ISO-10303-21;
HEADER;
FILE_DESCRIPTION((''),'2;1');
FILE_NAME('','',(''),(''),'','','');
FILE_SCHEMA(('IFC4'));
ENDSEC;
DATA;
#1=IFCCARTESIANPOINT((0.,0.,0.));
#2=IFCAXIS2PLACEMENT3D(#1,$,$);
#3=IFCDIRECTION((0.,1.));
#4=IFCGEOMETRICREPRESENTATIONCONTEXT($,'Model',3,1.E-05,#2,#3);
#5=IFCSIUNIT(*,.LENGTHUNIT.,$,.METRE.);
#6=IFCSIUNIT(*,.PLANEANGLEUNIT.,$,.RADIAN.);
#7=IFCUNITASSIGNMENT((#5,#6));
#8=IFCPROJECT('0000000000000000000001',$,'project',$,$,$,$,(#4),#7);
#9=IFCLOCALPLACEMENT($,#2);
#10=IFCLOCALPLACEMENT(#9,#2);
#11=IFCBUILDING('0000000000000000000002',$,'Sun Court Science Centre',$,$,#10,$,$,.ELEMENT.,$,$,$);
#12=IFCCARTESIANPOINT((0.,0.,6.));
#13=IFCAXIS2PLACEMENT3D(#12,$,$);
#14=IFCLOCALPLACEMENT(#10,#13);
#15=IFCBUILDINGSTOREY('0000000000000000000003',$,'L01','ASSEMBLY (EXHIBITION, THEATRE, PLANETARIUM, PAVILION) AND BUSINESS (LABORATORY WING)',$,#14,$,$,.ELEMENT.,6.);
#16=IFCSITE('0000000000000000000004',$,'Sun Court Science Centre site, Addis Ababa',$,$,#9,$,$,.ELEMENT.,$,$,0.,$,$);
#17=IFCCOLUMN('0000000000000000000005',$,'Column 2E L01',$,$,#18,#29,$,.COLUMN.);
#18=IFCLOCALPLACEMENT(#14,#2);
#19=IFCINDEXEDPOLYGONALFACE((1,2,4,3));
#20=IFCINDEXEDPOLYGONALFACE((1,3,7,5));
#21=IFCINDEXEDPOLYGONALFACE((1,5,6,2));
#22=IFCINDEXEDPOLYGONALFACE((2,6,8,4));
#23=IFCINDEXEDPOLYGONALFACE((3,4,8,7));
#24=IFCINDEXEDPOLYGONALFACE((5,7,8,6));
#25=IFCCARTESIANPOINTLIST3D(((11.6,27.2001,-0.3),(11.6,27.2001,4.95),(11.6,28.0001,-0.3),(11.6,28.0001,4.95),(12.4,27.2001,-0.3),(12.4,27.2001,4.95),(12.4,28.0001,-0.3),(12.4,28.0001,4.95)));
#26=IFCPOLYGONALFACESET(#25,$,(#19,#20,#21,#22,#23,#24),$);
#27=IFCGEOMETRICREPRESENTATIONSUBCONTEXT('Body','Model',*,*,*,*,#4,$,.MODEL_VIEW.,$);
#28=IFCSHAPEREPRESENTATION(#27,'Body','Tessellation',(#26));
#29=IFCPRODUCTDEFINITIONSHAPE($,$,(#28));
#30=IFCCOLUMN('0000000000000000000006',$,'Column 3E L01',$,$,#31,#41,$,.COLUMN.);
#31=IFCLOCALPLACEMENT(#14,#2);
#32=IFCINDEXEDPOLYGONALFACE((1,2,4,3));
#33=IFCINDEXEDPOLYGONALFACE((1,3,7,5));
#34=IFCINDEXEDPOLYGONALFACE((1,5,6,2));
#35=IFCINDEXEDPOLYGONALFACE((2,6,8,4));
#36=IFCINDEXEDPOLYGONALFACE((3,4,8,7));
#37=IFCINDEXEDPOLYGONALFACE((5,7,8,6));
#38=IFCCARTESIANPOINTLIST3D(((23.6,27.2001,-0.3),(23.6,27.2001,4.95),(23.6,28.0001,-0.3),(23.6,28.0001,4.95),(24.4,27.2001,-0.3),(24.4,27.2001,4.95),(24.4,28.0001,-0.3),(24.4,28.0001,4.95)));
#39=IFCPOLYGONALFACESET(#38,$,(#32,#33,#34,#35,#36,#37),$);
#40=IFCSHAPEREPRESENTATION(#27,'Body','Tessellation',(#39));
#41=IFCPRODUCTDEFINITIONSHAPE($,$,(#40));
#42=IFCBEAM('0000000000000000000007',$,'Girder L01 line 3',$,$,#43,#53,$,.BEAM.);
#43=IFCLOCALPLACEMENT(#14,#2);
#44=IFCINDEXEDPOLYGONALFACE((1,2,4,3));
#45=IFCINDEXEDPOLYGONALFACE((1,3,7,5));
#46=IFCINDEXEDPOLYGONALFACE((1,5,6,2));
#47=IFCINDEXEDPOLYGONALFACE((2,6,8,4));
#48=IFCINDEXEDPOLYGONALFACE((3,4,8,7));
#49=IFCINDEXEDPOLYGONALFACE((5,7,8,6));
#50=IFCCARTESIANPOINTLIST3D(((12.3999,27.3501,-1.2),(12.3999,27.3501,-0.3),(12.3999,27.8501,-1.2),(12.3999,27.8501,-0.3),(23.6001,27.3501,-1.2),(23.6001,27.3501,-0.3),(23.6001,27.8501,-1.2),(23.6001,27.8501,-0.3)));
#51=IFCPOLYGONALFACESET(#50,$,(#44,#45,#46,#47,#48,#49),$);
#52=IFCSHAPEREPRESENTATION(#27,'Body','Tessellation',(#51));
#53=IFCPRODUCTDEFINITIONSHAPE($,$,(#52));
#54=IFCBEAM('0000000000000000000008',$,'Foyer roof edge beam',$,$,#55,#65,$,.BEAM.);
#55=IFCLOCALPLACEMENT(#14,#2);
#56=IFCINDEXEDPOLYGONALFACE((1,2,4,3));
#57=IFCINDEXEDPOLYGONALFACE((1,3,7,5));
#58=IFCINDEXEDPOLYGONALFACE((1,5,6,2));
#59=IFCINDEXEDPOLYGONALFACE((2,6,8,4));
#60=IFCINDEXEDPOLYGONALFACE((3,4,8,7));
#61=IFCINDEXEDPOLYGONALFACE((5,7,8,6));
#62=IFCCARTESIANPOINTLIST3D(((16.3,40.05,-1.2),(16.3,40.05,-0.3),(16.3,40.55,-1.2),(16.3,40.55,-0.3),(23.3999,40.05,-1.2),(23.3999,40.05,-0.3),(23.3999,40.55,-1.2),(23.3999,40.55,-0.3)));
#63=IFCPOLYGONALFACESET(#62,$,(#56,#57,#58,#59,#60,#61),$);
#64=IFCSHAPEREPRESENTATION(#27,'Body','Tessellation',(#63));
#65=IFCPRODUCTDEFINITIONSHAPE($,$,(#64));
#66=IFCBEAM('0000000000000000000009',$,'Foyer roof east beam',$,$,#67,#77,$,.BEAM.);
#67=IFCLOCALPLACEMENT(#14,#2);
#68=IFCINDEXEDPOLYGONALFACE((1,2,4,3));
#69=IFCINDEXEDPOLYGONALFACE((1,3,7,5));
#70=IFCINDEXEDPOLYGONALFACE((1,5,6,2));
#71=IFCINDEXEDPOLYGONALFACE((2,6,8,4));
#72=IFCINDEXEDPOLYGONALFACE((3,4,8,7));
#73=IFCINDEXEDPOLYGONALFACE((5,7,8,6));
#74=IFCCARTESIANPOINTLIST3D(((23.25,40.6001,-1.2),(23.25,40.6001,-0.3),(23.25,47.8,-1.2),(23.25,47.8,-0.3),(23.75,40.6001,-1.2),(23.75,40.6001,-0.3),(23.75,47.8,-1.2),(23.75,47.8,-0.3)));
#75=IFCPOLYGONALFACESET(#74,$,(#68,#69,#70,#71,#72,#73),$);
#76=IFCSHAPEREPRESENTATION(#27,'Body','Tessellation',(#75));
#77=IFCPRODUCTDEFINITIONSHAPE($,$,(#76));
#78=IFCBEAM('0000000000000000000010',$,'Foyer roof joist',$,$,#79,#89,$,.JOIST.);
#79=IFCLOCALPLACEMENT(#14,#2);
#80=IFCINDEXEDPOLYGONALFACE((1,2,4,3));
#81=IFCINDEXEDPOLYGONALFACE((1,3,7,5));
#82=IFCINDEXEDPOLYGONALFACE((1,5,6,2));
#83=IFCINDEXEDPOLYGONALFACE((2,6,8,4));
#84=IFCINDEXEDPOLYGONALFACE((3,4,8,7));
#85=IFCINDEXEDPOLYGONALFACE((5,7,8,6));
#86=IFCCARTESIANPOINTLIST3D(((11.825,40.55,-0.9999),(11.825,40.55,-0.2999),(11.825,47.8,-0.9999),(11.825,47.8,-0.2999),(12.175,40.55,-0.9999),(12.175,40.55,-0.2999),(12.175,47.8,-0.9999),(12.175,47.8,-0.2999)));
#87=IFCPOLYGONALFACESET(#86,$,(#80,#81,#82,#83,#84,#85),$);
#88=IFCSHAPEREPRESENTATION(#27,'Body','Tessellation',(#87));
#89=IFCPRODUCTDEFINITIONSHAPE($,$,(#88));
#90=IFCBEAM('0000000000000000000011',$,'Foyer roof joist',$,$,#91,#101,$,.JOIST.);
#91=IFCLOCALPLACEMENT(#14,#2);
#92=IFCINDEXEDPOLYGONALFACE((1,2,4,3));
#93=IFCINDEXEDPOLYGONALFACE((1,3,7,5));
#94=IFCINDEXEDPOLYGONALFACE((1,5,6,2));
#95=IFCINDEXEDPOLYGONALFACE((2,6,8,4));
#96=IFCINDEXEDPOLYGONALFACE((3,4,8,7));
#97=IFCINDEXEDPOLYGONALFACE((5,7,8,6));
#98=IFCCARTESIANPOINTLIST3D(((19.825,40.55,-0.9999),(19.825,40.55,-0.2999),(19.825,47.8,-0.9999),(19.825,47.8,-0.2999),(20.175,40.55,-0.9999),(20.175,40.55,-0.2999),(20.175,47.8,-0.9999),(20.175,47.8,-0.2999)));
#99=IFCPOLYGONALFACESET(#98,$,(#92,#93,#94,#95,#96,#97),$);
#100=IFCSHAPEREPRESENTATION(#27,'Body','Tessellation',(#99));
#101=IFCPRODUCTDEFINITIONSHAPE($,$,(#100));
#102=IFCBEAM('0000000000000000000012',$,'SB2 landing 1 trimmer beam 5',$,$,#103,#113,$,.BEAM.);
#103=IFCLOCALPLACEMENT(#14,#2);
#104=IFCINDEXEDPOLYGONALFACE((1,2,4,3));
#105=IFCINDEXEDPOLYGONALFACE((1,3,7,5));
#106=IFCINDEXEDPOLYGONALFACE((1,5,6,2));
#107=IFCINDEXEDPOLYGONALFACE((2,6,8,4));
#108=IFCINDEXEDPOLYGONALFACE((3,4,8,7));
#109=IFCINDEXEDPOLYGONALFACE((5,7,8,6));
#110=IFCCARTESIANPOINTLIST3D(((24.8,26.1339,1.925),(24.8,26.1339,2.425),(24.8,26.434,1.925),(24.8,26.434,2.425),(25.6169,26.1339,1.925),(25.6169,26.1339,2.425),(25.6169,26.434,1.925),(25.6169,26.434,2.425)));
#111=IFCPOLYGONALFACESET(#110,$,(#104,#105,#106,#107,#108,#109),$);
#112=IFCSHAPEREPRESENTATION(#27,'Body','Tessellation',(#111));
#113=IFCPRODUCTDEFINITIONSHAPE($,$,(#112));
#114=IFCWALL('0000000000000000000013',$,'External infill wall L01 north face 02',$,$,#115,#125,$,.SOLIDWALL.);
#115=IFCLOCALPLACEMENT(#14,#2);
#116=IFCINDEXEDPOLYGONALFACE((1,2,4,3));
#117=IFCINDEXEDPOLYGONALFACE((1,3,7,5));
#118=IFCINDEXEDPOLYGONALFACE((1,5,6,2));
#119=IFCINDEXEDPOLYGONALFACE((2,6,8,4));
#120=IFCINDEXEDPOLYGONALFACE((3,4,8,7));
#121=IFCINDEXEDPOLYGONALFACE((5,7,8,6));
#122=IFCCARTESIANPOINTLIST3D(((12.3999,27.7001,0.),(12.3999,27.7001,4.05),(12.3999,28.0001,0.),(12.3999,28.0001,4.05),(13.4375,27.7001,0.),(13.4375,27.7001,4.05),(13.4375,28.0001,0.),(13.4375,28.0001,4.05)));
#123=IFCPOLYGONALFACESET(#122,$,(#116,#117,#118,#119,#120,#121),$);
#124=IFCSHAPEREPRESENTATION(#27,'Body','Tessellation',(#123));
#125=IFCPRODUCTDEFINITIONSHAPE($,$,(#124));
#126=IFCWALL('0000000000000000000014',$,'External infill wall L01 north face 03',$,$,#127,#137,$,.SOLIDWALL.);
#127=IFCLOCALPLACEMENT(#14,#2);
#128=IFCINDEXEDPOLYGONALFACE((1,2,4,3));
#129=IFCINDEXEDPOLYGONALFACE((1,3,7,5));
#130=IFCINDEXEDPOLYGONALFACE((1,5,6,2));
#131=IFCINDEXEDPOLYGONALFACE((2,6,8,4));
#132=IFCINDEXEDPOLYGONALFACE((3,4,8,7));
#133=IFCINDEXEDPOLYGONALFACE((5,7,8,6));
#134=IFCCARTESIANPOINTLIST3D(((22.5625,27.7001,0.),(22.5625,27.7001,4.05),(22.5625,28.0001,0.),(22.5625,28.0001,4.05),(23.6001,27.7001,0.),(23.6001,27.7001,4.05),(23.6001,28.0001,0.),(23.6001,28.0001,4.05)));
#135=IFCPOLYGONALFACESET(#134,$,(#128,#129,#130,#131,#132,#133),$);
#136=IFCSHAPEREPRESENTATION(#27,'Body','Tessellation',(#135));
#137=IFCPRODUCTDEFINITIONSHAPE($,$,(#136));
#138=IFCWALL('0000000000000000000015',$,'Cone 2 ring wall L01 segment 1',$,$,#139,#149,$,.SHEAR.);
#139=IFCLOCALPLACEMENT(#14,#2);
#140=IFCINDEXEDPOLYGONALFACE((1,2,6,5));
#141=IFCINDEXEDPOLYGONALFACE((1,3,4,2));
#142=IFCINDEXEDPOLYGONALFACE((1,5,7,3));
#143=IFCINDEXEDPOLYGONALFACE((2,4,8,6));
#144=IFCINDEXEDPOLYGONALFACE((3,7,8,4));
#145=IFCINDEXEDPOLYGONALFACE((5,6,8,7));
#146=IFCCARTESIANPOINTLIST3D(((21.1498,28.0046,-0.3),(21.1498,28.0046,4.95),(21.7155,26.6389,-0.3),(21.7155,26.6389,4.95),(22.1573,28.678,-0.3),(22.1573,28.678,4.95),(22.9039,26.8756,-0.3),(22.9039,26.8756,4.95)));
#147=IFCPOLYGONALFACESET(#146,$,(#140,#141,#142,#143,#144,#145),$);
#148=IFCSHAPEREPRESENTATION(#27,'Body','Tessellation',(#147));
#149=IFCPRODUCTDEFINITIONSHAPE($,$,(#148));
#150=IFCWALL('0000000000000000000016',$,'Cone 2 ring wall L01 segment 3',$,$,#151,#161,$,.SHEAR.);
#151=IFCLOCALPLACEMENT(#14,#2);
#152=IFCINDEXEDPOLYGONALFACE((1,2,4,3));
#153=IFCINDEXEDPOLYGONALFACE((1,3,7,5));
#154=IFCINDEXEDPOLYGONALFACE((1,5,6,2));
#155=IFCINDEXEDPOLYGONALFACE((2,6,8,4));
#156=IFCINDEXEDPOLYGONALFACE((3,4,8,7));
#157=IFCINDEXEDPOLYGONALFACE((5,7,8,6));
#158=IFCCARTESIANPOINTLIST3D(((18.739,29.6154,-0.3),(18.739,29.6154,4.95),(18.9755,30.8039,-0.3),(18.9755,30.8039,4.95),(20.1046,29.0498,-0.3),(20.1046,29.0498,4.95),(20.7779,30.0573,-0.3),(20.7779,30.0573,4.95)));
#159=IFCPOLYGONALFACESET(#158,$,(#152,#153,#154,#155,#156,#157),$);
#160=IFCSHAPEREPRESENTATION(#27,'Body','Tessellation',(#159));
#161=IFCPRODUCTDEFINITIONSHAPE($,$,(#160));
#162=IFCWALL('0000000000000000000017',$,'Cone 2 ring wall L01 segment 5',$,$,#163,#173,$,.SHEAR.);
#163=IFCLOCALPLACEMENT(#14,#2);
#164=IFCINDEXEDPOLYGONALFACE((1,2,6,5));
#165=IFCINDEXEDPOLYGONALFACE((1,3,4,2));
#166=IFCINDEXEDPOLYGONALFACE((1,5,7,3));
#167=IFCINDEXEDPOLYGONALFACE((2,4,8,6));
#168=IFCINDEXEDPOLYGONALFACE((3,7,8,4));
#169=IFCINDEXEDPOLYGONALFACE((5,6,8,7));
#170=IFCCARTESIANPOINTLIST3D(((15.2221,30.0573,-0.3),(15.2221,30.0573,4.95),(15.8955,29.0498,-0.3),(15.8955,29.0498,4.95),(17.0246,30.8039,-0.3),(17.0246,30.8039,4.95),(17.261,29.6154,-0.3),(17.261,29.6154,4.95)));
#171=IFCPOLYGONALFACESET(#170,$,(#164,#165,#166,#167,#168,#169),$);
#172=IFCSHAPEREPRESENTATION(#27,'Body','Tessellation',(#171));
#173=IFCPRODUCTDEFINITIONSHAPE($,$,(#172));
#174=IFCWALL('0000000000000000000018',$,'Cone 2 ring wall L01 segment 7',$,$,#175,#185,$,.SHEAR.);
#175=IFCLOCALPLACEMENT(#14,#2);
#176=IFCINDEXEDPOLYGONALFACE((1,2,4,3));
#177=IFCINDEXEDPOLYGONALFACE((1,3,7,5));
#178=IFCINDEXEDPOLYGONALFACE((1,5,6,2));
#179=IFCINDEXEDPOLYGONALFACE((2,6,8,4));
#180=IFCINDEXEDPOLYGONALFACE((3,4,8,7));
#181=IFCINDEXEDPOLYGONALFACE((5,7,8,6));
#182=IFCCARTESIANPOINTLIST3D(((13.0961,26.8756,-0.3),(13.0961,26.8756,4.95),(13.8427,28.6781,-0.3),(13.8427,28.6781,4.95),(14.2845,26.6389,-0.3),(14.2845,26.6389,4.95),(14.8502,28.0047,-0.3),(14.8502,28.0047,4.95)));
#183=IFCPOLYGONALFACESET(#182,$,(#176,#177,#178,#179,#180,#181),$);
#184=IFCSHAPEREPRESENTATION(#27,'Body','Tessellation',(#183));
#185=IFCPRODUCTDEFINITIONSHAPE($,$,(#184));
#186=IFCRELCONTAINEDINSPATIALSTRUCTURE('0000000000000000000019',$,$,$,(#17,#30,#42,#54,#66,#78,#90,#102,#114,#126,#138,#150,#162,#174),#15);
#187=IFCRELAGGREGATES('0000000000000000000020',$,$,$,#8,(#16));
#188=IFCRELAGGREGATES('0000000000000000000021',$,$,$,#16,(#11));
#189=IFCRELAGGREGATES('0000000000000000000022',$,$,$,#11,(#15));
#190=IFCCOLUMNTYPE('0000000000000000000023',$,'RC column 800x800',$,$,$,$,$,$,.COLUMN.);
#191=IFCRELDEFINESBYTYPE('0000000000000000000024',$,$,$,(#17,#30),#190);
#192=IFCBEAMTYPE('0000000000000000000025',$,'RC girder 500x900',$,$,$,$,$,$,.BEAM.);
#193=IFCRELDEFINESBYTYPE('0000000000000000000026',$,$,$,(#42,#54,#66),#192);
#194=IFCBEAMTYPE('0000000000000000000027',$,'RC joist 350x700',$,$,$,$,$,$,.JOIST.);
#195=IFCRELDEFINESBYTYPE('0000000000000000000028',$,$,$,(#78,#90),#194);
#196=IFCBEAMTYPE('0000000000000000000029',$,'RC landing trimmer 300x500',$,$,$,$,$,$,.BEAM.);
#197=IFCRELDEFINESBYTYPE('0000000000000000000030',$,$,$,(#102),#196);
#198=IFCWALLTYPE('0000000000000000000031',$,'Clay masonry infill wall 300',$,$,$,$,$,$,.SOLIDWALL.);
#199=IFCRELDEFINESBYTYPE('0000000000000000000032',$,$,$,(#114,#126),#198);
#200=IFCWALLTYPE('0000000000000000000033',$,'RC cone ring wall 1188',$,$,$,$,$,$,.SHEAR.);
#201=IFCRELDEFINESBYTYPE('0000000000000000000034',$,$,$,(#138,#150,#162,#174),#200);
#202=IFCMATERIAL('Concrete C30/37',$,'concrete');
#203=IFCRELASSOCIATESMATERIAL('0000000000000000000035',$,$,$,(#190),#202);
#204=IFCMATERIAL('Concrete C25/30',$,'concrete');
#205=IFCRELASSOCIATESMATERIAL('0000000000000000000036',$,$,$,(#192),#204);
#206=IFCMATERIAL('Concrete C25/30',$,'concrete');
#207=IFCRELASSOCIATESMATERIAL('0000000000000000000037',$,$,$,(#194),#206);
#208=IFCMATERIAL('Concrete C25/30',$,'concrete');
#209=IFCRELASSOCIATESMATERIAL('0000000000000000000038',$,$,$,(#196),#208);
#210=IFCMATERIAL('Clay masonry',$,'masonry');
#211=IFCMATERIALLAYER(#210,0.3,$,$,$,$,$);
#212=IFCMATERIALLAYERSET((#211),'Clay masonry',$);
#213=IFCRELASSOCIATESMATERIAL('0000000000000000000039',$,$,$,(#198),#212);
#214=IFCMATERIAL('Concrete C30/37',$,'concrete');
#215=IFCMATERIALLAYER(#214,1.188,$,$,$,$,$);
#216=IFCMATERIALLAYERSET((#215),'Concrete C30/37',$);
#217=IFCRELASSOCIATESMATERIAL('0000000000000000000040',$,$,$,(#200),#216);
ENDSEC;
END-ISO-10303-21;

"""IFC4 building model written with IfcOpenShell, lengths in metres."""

from ifc_helpers import new_model, si_unit, direction, frame, frame_2d, origin, origin_2d, place, context, subcontext, project, spatial, polyline, rectangle, outline, extrude, material, layer, layer_set, material_profile, profile_set, type_object, element, save


model = new_model("IFC4")

# Units and contexts
model_context = context("Model", 3, precision=1e-05, world=origin(), true_north=direction((0.0, 1.0)))
body_context = subcontext(model_context, "Body", "Model", "MODEL_VIEW")
ifc_project = project(units=[si_unit("LENGTHUNIT", "METRE"), si_unit("PLANEANGLEUNIT", "RADIAN")], contexts=[model_context])

# Site, building, storey
site_placement = place(None, origin())
site = spatial("IfcSite", under=ifc_project, at=site_placement, Name="Sun Court Science Centre site, Addis Ababa", CompositionType="ELEMENT", RefElevation=0.0)
building_placement = place(site_placement, origin())
building = spatial("IfcBuilding", under=site, at=building_placement, Name="Sun Court Science Centre", CompositionType="ELEMENT")
storey_placement = place(building_placement, frame((0.0, 0.0, 6.0)))
storey = spatial("IfcBuildingStorey", under=building, at=storey_placement, Name="L01", Description="ASSEMBLY (EXHIBITION, THEATRE, PLANETARIUM, PAVILION) AND BUSINESS (LABORATORY WING)", CompositionType="ELEMENT", Elevation=6.0)

# Columns
ifc_material_1 = material(Name="Concrete C30/37", Category="concrete")
ifc_material_profile_1 = material_profile(ifc_material_1, rectangle(XDim=0.8, YDim=0.8, at=origin_2d()), Name="RC 800x800")
ifc_profile_set_1 = profile_set([ifc_material_profile_1], Name="Concrete C30/37")
column_type = type_object("IfcColumnType", Name="RC column 800x800", PredefinedType="COLUMN", material=ifc_profile_set_1)
for number, where, z_axis, x_axis, name in (
    (1, (12.0, 27.6001, -0.3), (0.0, 0.0, 1.0), (1.0, 0.0, 0.0), "Column 2E L01"),
    (2, (24.0, 27.6001, -0.3), (0.0, 0.0, 1.0), (1.0, 0.0, 0.0), "Column 3E L01"),
):
    element("IfcColumn", number, at=place(storey_placement, frame(where, z_axis=z_axis, x_axis=x_axis)), inside=storey, type_object=column_type, Name=name, PredefinedType="COLUMN", context=body_context, shape_type="SweptSolid", body=[
        extrude(rectangle(XDim=0.8, YDim=0.8, at=origin_2d()), origin(), (0.0, 0.0, 1.0), 5.25),
    ])

# Beams
ifc_material_2 = material(Name="Concrete C25/30", Category="concrete")
ifc_material_profile_2 = material_profile(ifc_material_2, rectangle(XDim=0.5, YDim=0.8999, at=origin_2d()), Name="RC 500x900")
ifc_profile_set_2 = profile_set([ifc_material_profile_2], Name="Concrete C25/30")
beam_type_1 = type_object("IfcBeamType", Name="RC girder 500x900", PredefinedType="BEAM", material=ifc_profile_set_2)
beam_1_placement = place(storey_placement, frame((12.3999, 27.6001, -0.75), z_axis=(1.0, 0.0, 0.0), x_axis=(0.0, 1.0, 0.0)))
element("IfcBeam", 3, at=beam_1_placement, inside=storey, type_object=beam_type_1, Name="Girder L01 line 3", PredefinedType="BEAM", context=body_context, shape_type="SweptSolid", body=[
    extrude(rectangle(XDim=0.5, YDim=0.8999, at=origin_2d()), origin(), (0.0, 0.0, 1.0), 11.2002),
])
beam_2_placement = place(storey_placement, frame((16.3, 40.3, -0.75), z_axis=(1.0, 0.0, 0.0), x_axis=(0.0, 1.0, 0.0)))
element("IfcBeam", 4, at=beam_2_placement, inside=storey, type_object=beam_type_1, Name="Foyer roof edge beam", PredefinedType="BEAM", context=body_context, shape_type="SweptSolid", body=[
    extrude(rectangle(XDim=0.5, YDim=0.8999, at=origin_2d()), origin(), (0.0, 0.0, 1.0), 7.0999),
])
beam_3_placement = place(storey_placement, frame((23.5, 40.6001, -0.75), z_axis=(0.0, 1.0, 0.0), x_axis=(-1.0, 0.0, 0.0)))
element("IfcBeam", 5, at=beam_3_placement, inside=storey, type_object=beam_type_1, Name="Foyer roof east beam", PredefinedType="BEAM", context=body_context, shape_type="SweptSolid", body=[
    extrude(rectangle(XDim=0.5, YDim=0.8999, at=origin_2d()), origin(), (0.0, 0.0, 1.0), 7.2),
])
ifc_material_3 = material(Name="Concrete C25/30", Category="concrete")
ifc_material_profile_3 = material_profile(ifc_material_3, rectangle(XDim=0.3501, YDim=0.7, at=origin_2d()), Name="RC 350x700")
ifc_profile_set_3 = profile_set([ifc_material_profile_3], Name="Concrete C25/30")
beam_type_2 = type_object("IfcBeamType", Name="RC joist 350x700", PredefinedType="JOIST", material=ifc_profile_set_3)
for number, where, z_axis, x_axis, name in (
    (6, (12.0, 40.55, -0.6499), (0.0, 1.0, 0.0), (-1.0, 0.0, 0.0), "Foyer roof joist"),
    (7, (20.0, 40.55, -0.6499), (0.0, 1.0, 0.0), (-1.0, 0.0, 0.0), "Foyer roof joist"),
):
    element("IfcBeam", number, at=place(storey_placement, frame(where, z_axis=z_axis, x_axis=x_axis)), inside=storey, type_object=beam_type_2, Name=name, PredefinedType="JOIST", context=body_context, shape_type="SweptSolid", body=[
        extrude(rectangle(XDim=0.3501, YDim=0.7, at=origin_2d()), origin(), (0.0, 0.0, 1.0), 7.25),
    ])
ifc_material_4 = material(Name="Concrete C25/30", Category="concrete")
ifc_material_profile_4 = material_profile(ifc_material_4, rectangle(XDim=0.3, YDim=0.5, at=origin_2d()), Name="RC 300x500")
ifc_profile_set_4 = profile_set([ifc_material_profile_4], Name="Concrete C25/30")
beam_type_3 = type_object("IfcBeamType", Name="RC landing trimmer 300x500", PredefinedType="BEAM", material=ifc_profile_set_4)
beam_4_placement = place(storey_placement, frame((24.8, 26.2839, 2.175), z_axis=(1.0, 0.0, 0.0), x_axis=(0.0, 1.0, 0.0)))
element("IfcBeam", 8, at=beam_4_placement, inside=storey, type_object=beam_type_3, Name="SB2 landing 1 trimmer beam 5", PredefinedType="BEAM", context=body_context, shape_type="SweptSolid", body=[
    extrude(rectangle(XDim=0.3, YDim=0.5, at=origin_2d()), origin(), (0.0, 0.0, 1.0), 0.8169),
])

# Walls
ifc_material_5 = material(Name="Clay masonry", Category="masonry")
ifc_layer_1 = layer(ifc_material_5, 0.3)
ifc_layer_set_1 = layer_set([ifc_layer_1], Name="Clay masonry")
wall_type_1 = type_object("IfcWallType", Name="Clay masonry infill wall 300", PredefinedType="SOLIDWALL", material=ifc_layer_set_1)
for number, where, z_axis, x_axis, name in (
    (9, (12.3999, 27.8501, 0.0), (0.0, 0.0, 1.0), (1.0, 0.0, 0.0), "External infill wall L01 north face 02"),
    (10, (22.5625, 27.8501, 0.0), (0.0, 0.0, 1.0), (1.0, 0.0, 0.0), "External infill wall L01 north face 03"),
):
    element("IfcWall", number, at=place(storey_placement, frame(where, z_axis=z_axis, x_axis=x_axis)), inside=storey, type_object=wall_type_1, Name=name, PredefinedType="SOLIDWALL", context=body_context, shape_type="SweptSolid", body=[
        extrude(rectangle(XDim=1.0376, YDim=0.3, at=frame_2d((0.5188, 0.0))), origin(), (0.0, 0.0, 1.0), 4.05),
    ])
ifc_material_6 = material(Name="Concrete C30/37", Category="concrete")
ifc_layer_2 = layer(ifc_material_6, 1.188)
ifc_layer_set_2 = layer_set([ifc_layer_2], Name="Concrete C30/37")
wall_type_2 = type_object("IfcWallType", Name="RC cone ring wall 1188", PredefinedType="SHEAR", material=ifc_layer_set_2)
wall_1_placement = place(storey_placement, frame((22.355, 26.6479, -0.3), z_axis=(0.0, 0.0, 1.0), x_axis=(-0.382669, 0.923886, 0.0)))
element("IfcWall", 11, at=wall_1_placement, inside=storey, type_object=wall_type_2, Name="Cone 2 ring wall L01 segment 1", PredefinedType="SHEAR", context=body_context, shape_type="SweptSolid", body=[
    extrude(outline(polyline([(0.0002, -0.5942), (1.9512, -0.5942), (1.7146, 0.5942), (0.2363, 0.5942), (0.0002, -0.5942)])), origin(), (0.0, 0.0, 1.0), 5.25),
])
wall_2_placement = place(storey_placement, frame((20.5505, 29.5083, -0.3), z_axis=(0.0, 0.0, 1.0), x_axis=(-0.923886, 0.382669, 0.0)))
element("IfcWall", 12, at=wall_2_placement, inside=storey, type_object=wall_type_2, Name="Cone 2 ring wall L01 segment 3", PredefinedType="SHEAR", context=body_context, shape_type="SweptSolid", body=[
    extrude(outline(polyline([(0.0, -0.5942), (1.9509, -0.5942), (1.7146, 0.5942), (0.2366, 0.5942), (0.0, -0.5942)])), origin(), (0.0, 0.0, 1.0), 5.25),
])
wall_3_placement = place(storey_placement, frame((17.252, 30.2549, -0.3), z_axis=(0.0, 0.0, 1.0), x_axis=(-0.923886, -0.382669, 0.0)))
element("IfcWall", 13, at=wall_3_placement, inside=storey, type_object=wall_type_2, Name="Cone 2 ring wall L01 segment 5", PredefinedType="SHEAR", context=body_context, shape_type="SweptSolid", body=[
    extrude(outline(polyline([(0.0, -0.5942), (1.9509, -0.5942), (1.7144, 0.5942), (0.2363, 0.5942), (0.0, -0.5942)])), origin(), (0.0, 0.0, 1.0), 5.25),
])
wall_4_placement = place(storey_placement, frame((14.3916, 28.4504, -0.3), z_axis=(0.0, 0.0, 1.0), x_axis=(-0.382669, -0.923886, 0.0)))
element("IfcWall", 14, at=wall_4_placement, inside=storey, type_object=wall_type_2, Name="Cone 2 ring wall L01 segment 7", PredefinedType="SHEAR", context=body_context, shape_type="SweptSolid", body=[
    extrude(outline(polyline([(-0.0002, -0.5942), (1.9507, -0.5942), (1.7146, 0.5942), (0.2363, 0.5942), (-0.0002, -0.5942)])), origin(), (0.0, 0.0, 1.0), 5.25),
])

save(model, "model.ifc")
